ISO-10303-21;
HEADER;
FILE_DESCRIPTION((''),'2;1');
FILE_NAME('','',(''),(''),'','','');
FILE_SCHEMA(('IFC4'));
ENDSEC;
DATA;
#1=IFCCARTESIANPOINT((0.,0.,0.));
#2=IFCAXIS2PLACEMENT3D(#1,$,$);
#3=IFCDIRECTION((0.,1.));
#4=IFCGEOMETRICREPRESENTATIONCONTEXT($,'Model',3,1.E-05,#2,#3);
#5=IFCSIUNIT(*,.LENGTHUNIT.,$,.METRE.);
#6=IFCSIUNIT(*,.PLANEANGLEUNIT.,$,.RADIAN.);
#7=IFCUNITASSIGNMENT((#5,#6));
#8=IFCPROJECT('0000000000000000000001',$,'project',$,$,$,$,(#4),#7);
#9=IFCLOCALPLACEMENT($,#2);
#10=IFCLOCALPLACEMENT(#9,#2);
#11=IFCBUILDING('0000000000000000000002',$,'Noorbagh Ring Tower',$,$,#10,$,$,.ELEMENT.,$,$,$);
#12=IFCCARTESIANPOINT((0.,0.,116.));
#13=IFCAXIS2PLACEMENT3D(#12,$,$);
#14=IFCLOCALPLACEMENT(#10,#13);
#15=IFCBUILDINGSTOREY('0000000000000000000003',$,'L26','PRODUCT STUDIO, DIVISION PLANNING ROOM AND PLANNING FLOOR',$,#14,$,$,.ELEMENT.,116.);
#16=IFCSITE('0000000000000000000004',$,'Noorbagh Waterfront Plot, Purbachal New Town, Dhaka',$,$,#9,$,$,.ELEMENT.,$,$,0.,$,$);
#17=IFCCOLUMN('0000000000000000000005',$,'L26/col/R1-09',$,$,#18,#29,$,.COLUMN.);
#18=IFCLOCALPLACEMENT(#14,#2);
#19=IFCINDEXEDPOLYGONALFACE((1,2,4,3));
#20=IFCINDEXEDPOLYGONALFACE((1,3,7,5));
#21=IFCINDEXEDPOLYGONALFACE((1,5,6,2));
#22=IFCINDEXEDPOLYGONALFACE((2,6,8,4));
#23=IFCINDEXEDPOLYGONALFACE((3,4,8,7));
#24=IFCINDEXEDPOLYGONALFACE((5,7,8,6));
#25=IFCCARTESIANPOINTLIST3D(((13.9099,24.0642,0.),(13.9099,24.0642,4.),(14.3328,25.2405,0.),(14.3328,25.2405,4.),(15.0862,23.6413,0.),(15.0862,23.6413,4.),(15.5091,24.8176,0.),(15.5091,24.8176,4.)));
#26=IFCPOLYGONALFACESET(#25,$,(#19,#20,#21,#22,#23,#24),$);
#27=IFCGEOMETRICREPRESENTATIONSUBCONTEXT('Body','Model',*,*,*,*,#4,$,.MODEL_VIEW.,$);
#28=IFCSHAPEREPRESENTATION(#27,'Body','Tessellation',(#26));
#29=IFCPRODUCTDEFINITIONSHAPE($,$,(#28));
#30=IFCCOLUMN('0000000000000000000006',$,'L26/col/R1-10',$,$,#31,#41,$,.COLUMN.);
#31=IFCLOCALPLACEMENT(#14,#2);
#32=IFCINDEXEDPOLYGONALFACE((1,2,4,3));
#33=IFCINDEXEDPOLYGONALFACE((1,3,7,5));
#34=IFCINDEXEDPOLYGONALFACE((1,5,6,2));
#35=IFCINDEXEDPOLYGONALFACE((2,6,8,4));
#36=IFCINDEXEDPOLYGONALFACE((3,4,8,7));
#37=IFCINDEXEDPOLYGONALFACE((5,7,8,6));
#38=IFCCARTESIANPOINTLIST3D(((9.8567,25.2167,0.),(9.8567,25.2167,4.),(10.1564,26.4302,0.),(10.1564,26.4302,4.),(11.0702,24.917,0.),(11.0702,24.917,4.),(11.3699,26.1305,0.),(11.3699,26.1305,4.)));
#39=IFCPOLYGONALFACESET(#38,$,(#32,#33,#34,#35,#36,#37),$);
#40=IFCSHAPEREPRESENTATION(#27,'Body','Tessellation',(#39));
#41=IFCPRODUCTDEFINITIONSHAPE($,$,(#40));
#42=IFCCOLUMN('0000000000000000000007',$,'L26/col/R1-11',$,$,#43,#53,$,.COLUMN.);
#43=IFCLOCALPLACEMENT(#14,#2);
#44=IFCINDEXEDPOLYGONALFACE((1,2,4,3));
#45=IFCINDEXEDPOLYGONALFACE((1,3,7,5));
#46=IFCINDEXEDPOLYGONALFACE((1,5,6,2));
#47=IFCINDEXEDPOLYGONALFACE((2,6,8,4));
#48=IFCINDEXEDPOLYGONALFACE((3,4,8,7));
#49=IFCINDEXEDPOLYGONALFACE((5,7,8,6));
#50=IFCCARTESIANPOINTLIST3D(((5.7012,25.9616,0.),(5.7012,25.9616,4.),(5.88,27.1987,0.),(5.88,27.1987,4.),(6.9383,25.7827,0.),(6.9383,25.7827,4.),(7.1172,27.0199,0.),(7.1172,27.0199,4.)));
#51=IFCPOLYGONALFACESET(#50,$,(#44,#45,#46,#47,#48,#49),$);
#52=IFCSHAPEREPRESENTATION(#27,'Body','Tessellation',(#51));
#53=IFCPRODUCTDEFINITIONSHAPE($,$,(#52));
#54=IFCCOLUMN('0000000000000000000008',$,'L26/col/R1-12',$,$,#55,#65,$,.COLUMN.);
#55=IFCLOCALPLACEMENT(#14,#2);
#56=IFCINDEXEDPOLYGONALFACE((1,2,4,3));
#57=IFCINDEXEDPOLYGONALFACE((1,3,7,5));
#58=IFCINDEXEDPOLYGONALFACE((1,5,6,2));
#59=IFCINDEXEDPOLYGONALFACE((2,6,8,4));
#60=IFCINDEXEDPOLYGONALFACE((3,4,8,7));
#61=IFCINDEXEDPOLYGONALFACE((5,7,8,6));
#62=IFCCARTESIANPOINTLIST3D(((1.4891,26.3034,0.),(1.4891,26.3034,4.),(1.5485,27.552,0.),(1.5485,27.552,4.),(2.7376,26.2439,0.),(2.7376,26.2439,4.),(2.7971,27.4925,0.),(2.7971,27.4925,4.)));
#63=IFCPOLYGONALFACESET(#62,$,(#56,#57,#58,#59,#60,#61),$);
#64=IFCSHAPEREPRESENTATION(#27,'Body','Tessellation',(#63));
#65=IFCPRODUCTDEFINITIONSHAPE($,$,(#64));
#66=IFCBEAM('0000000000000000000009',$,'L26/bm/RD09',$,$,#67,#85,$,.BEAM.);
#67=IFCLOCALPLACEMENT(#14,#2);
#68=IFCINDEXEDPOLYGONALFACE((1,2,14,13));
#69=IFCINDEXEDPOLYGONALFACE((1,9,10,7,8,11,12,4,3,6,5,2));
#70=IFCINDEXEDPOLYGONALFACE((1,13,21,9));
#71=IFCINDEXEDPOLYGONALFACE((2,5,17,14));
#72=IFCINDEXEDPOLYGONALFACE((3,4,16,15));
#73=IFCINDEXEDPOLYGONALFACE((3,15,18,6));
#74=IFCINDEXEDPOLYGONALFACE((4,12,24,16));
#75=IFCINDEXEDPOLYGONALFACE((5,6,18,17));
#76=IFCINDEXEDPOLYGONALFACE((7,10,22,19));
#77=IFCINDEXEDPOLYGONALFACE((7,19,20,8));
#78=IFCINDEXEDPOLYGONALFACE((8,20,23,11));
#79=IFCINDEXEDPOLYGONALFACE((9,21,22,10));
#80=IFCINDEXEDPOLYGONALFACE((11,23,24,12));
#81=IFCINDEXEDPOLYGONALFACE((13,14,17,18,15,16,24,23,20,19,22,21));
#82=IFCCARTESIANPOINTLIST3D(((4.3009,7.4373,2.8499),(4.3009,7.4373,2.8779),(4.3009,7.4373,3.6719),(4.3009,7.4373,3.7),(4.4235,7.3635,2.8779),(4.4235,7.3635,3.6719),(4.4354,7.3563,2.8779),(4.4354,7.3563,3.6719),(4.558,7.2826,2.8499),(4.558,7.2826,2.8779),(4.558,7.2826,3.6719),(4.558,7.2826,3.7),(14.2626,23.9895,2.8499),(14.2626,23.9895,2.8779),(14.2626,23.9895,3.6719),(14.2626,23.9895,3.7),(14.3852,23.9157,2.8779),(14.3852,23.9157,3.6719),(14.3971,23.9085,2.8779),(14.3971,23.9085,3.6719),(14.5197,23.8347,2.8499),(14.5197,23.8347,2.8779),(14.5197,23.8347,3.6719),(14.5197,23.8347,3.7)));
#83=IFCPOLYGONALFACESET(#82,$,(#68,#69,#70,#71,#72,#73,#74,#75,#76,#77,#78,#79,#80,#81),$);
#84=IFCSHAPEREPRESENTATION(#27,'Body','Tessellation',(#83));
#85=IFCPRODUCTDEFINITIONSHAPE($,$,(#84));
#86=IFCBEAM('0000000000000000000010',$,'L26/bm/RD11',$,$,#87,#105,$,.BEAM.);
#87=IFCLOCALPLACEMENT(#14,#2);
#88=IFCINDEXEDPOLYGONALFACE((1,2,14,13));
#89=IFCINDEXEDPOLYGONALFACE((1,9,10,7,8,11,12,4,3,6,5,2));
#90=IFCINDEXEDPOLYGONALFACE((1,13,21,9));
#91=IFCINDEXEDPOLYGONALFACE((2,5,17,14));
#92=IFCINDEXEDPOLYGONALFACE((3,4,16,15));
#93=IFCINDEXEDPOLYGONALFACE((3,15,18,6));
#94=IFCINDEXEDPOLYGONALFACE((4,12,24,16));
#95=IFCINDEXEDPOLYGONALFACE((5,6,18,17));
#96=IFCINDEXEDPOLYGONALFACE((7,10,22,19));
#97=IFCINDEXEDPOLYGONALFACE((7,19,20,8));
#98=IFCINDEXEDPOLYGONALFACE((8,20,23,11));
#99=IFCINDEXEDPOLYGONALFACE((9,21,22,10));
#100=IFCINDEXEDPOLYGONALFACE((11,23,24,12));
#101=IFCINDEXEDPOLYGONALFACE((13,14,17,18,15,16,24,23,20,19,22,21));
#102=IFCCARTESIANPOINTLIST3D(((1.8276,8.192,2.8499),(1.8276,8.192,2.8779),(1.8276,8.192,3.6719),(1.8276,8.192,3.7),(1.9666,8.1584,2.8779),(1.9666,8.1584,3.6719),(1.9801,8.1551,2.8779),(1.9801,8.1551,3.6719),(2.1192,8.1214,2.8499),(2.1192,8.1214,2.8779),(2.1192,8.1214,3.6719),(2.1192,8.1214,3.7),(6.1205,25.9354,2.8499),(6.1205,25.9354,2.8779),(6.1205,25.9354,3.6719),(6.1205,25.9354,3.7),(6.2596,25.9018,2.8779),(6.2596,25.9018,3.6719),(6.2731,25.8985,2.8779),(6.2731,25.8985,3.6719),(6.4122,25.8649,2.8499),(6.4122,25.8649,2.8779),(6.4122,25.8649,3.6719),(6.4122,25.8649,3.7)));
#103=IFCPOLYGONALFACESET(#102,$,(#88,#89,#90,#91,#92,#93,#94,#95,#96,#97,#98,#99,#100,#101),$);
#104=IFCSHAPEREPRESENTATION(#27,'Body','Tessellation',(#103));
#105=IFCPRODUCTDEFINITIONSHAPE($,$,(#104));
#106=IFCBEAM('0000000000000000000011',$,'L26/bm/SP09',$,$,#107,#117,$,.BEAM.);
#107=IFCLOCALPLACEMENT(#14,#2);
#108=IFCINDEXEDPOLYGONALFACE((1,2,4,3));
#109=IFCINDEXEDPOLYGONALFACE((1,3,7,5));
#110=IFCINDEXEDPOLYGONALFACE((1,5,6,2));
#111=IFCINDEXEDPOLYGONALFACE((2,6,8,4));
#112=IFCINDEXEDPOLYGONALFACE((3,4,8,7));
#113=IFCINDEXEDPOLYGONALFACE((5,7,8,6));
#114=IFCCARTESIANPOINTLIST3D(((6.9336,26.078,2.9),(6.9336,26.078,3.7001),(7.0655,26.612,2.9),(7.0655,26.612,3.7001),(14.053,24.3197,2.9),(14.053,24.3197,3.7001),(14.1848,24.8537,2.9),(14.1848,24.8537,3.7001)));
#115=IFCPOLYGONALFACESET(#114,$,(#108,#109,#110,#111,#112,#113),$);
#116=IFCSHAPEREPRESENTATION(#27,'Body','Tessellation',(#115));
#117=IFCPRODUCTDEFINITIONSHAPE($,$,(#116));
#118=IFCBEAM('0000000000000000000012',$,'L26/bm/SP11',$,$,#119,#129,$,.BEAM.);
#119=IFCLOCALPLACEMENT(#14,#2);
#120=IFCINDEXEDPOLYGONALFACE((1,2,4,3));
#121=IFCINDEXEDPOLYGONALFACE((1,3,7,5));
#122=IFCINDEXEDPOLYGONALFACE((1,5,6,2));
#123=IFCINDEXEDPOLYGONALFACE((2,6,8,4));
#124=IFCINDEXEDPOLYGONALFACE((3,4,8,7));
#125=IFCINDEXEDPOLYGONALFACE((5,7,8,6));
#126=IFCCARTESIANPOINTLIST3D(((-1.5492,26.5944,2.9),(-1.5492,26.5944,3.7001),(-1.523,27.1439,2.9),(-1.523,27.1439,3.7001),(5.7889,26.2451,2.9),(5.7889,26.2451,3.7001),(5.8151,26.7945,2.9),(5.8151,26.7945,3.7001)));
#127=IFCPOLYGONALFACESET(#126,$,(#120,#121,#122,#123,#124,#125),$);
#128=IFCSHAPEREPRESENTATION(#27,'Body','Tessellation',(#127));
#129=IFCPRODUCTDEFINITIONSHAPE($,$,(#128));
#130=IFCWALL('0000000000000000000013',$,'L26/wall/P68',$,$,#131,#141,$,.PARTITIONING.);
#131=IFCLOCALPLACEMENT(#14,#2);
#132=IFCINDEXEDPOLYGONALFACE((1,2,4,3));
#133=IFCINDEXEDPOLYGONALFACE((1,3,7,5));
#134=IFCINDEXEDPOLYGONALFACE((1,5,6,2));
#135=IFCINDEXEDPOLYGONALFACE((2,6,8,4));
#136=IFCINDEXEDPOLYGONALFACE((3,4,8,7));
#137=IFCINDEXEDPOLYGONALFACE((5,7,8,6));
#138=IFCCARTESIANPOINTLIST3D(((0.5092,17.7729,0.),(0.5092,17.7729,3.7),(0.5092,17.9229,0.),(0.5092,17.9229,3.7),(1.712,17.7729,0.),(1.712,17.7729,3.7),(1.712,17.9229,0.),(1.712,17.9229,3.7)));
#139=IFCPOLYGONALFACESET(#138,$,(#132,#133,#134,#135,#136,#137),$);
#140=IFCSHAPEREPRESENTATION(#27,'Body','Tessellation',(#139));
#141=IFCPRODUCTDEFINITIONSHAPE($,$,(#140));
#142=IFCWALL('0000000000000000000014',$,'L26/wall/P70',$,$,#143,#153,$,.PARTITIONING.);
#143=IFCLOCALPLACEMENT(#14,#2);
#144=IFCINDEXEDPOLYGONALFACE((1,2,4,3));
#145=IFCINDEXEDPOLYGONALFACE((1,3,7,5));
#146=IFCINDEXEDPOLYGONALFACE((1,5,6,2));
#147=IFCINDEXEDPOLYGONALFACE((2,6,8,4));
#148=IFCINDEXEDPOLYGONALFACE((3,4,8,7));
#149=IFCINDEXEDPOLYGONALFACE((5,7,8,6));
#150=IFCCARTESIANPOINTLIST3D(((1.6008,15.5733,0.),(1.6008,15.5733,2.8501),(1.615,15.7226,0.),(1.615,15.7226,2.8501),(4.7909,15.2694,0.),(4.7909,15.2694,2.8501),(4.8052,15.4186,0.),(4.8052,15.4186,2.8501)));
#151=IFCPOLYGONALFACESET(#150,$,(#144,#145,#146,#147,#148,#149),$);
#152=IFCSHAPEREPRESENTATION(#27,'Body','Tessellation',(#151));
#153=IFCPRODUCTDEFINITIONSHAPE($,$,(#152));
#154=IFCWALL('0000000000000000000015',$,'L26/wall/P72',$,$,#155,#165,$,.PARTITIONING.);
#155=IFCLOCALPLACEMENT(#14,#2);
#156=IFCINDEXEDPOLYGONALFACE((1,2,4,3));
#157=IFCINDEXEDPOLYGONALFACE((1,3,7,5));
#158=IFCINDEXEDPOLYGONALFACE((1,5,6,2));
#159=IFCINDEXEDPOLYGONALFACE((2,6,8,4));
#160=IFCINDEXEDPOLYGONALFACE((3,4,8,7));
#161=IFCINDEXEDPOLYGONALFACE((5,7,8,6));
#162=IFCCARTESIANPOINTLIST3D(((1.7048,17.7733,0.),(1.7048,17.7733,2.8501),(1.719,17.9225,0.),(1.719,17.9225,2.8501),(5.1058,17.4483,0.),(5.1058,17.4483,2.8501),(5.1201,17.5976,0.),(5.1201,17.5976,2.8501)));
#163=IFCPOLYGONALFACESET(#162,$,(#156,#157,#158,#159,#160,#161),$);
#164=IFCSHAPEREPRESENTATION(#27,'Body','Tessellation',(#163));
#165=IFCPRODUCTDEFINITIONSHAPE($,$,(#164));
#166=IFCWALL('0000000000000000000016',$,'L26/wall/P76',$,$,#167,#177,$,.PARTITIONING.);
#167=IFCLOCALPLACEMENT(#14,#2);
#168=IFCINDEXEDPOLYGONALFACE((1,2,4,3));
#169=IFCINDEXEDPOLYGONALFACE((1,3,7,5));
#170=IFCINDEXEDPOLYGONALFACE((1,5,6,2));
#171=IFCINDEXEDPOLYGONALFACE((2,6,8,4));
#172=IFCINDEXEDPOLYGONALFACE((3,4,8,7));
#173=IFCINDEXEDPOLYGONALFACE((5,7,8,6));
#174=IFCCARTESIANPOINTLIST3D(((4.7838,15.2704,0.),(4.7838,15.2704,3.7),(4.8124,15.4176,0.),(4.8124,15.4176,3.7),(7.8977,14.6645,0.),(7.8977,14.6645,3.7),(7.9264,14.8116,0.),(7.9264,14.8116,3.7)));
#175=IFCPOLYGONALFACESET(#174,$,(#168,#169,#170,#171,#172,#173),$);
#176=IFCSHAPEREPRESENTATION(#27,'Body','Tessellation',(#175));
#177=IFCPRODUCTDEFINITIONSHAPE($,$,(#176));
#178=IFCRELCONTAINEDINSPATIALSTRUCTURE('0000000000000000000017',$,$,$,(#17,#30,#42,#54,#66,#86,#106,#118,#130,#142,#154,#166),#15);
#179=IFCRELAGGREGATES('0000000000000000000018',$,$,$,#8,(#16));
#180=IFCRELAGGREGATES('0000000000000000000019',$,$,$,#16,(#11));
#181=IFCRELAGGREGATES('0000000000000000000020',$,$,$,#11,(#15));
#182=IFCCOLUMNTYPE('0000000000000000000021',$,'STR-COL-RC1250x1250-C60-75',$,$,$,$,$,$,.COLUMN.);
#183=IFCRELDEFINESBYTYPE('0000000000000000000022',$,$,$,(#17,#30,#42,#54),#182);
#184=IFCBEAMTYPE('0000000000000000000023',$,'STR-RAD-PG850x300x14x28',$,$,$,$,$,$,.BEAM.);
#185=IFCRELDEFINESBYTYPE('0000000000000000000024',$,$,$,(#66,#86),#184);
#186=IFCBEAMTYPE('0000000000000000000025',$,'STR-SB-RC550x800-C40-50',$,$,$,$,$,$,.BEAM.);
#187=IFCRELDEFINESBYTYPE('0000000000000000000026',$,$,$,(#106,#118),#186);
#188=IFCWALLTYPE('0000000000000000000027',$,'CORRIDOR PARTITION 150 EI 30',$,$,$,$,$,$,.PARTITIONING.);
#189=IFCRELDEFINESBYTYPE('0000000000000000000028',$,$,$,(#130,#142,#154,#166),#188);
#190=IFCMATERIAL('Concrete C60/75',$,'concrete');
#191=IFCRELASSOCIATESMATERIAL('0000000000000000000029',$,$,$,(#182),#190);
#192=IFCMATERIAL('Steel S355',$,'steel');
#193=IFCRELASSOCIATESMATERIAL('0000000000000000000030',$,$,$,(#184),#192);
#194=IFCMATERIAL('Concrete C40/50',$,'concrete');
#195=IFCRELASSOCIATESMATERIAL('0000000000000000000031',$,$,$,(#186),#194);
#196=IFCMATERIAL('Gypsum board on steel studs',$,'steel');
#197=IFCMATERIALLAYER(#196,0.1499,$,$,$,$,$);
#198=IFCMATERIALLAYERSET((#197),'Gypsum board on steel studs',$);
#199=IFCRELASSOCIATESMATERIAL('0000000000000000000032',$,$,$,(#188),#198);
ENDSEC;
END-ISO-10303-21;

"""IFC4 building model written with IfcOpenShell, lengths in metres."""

from ifc_helpers import new_model, si_unit, direction, frame, frame_2d, origin, origin_2d, place, context, subcontext, project, spatial, rectangle, i_section, extrude, material, layer, layer_set, material_profile, profile_set, type_object, element, save


model = new_model("IFC4")

# Units and contexts
model_context = context("Model", 3, precision=1e-05, world=origin(), true_north=direction((0.0, 1.0)))
body_context = subcontext(model_context, "Body", "Model", "MODEL_VIEW")
ifc_project = project(units=[si_unit("LENGTHUNIT", "METRE"), si_unit("PLANEANGLEUNIT", "RADIAN")], contexts=[model_context])

# Site, building, storey
site_placement = place(None, origin())
site = spatial("IfcSite", under=ifc_project, at=site_placement, Name="Noorbagh Waterfront Plot, Purbachal New Town, Dhaka", CompositionType="ELEMENT", RefElevation=0.0)
building_placement = place(site_placement, origin())
building = spatial("IfcBuilding", under=site, at=building_placement, Name="Noorbagh Ring Tower", CompositionType="ELEMENT")
storey_placement = place(building_placement, frame((0.0, 0.0, 116.0)))
storey = spatial("IfcBuildingStorey", under=building, at=storey_placement, Name="L26", Description="PRODUCT STUDIO, DIVISION PLANNING ROOM AND PLANNING FLOOR", CompositionType="ELEMENT", Elevation=116.0)

# Columns
ifc_material_1 = material(Name="Concrete C60/75", Category="concrete")
ifc_material_profile_1 = material_profile(ifc_material_1, rectangle(XDim=1.25, YDim=1.25, at=origin_2d()), Name="RC1250x1250")
ifc_profile_set_1 = profile_set([ifc_material_profile_1], Name="Concrete C60/75")
column_type = type_object("IfcColumnType", Name="STR-COL-RC1250x1250-C60-75", PredefinedType="COLUMN", material=ifc_profile_set_1)
for number, where, z_axis, x_axis, name in (
    (1, (14.7095, 24.4409, 0.0), (0.0, 0.0, 1.0), (-0.941025, 0.338338, 0.0), "L26/col/R1-09"),
    (2, (10.6133, 25.6736, 0.0), (0.0, 0.0, 1.0), (-0.970829, 0.239771, 0.0), "L26/col/R1-10"),
    (3, (6.4092, 26.4907, 0.0), (0.0, 0.0, 1.0), (-0.989713, 0.143066, 0.0), "L26/col/R1-11"),
    (4, (2.1431, 26.8979, 0.0), (0.0, 0.0, 1.0), (-0.998869, 0.047553, 0.0), "L26/col/R1-12"),
):
    element("IfcColumn", number, at=place(storey_placement, frame(where, z_axis=z_axis, x_axis=x_axis)), inside=storey, type_object=column_type, Name=name, PredefinedType="COLUMN", context=body_context, shape_type="SweptSolid", body=[
        extrude(rectangle(XDim=1.25, YDim=1.25, at=origin_2d()), origin(), (0.0, 0.0, 1.0), 4.0),
    ])

# Beams
ifc_material_2 = material(Name="Steel S355", Category="steel")
ifc_material_profile_2 = material_profile(ifc_material_2, i_section(OverallWidth=0.3, OverallDepth=0.8501, WebThickness=0.0139, FlangeThickness=0.0281, at=origin_2d()), Name="PG850x300x14x28")
ifc_profile_set_2 = profile_set([ifc_material_profile_2], Name="Steel S355")
beam_type_1 = type_object("IfcBeamType", Name="STR-RAD-PG850x300x14x28", PredefinedType="BEAM", material=ifc_profile_set_2)
beam_1_placement = place(storey_placement, frame((14.3911, 23.9121, 3.2749), z_axis=(-0.515649, -0.8568, 0.0), x_axis=(0.8568, -0.515649, 0.0)))
element("IfcBeam", 5, at=beam_1_placement, inside=storey, type_object=beam_type_1, Name="L26/bm/RD09", PredefinedType="BEAM", context=body_context, shape_type="SweptSolid", body=[
    extrude(i_section(OverallWidth=0.3, OverallDepth=0.8501, WebThickness=0.0139, FlangeThickness=0.0281, at=origin_2d()), origin(), (0.0, 0.0, 1.0), 19.3186),
])
beam_2_placement = place(storey_placement, frame((6.2664, 25.9001, 3.2749), z_axis=(-0.235162, -0.971956, 0.0), x_axis=(0.971956, -0.235162, 0.0)))
element("IfcBeam", 6, at=beam_2_placement, inside=storey, type_object=beam_type_1, Name="L26/bm/RD11", PredefinedType="BEAM", context=body_context, shape_type="SweptSolid", body=[
    extrude(i_section(OverallWidth=0.3, OverallDepth=0.8501, WebThickness=0.0139, FlangeThickness=0.0281, at=origin_2d()), origin(), (0.0, 0.0, 1.0), 18.2554),
])
ifc_material_3 = material(Name="Concrete C40/50", Category="concrete")
ifc_material_profile_3 = material_profile(ifc_material_3, rectangle(XDim=0.55, YDim=0.8, at=origin_2d()), Name="RC550x800")
ifc_profile_set_3 = profile_set([ifc_material_profile_3], Name="Concrete C40/50")
beam_type_2 = type_object("IfcBeamType", Name="STR-SB-RC550x800-C40-50", PredefinedType="BEAM", material=ifc_profile_set_3)
beam_3_placement = place(storey_placement, frame((14.1189, 24.5867, 3.3), z_axis=(-0.97083, 0.239769, 0.0), x_axis=(-0.239769, -0.97083, 0.0)))
element("IfcBeam", 7, at=beam_3_placement, inside=storey, type_object=beam_type_2, Name="L26/bm/SP09", PredefinedType="BEAM", context=body_context, shape_type="SweptSolid", body=[
    extrude(rectangle(XDim=0.55, YDim=0.8, at=origin_2d()), origin(), (0.0, 0.0, 1.0), 7.3333),
])
beam_4_placement = place(storey_placement, frame((5.802, 26.5198, 3.3), z_axis=(-0.998869, 0.047556, 0.0), x_axis=(-0.047556, -0.998869, 0.0)))
element("IfcBeam", 8, at=beam_4_placement, inside=storey, type_object=beam_type_2, Name="L26/bm/SP11", PredefinedType="BEAM", context=body_context, shape_type="SweptSolid", body=[
    extrude(rectangle(XDim=0.55, YDim=0.8, at=origin_2d()), origin(), (0.0, 0.0, 1.0), 7.3464),
])

# Walls
ifc_material_4 = material(Name="Gypsum board on steel studs", Category="steel")
ifc_layer_1 = layer(ifc_material_4, 0.1499)
ifc_layer_set_1 = layer_set([ifc_layer_1], Name="Gypsum board on steel studs")
wall_type_1 = type_object("IfcWallType", Name="CORRIDOR PARTITION 150 EI 30", PredefinedType="PARTITIONING", material=ifc_layer_set_1)
wall_1_placement = place(storey_placement, frame((0.509, 17.8479, 0.0), z_axis=(0.0, 0.0, 1.0), x_axis=(1.0, 0.0, 0.0)))
element("IfcWall", 9, at=wall_1_placement, inside=storey, type_object=wall_type_1, Name="L26/wall/P68", PredefinedType="PARTITIONING", context=body_context, shape_type="SweptSolid", body=[
    extrude(rectangle(XDim=1.2029, YDim=0.1499, at=frame_2d((0.6016, 0.0))), origin(), (0.0, 0.0, 1.0), 3.7),
])
wall_2_placement = place(storey_placement, frame((1.6079, 15.6479, 0.0), z_axis=(0.0, 0.0, 1.0), x_axis=(0.995492, -0.094849, 0.0)))
element("IfcWall", 10, at=wall_2_placement, inside=storey, type_object=wall_type_1, Name="L26/wall/P70", PredefinedType="PARTITIONING", context=body_context, shape_type="SweptSolid", body=[
    extrude(rectangle(XDim=3.2046, YDim=0.1499, at=frame_2d((1.6023, 0.0))), origin(), (0.0, 0.0, 1.0), 2.8501),
])
wall_3_placement = place(storey_placement, frame((1.7119, 17.8479, 0.0), z_axis=(0.0, 0.0, 1.0), x_axis=(0.995467, -0.095109, 0.0)))
element("IfcWall", 11, at=wall_3_placement, inside=storey, type_object=wall_type_1, Name="L26/wall/P72", PredefinedType="PARTITIONING", context=body_context, shape_type="SweptSolid", body=[
    extrude(rectangle(XDim=3.4165, YDim=0.1499, at=frame_2d((1.7083, 0.0))), origin(), (0.0, 0.0, 1.0), 2.8501),
])
wall_4_placement = place(storey_placement, frame((4.7981, 15.344, 0.0), z_axis=(0.0, 0.0, 1.0), x_axis=(0.981589, -0.191008, 0.0)))
element("IfcWall", 12, at=wall_4_placement, inside=storey, type_object=wall_type_1, Name="L26/wall/P76", PredefinedType="PARTITIONING", context=body_context, shape_type="SweptSolid", body=[
    extrude(rectangle(XDim=3.1724, YDim=0.1499, at=frame_2d((1.5862, 0.0))), origin(), (0.0, 0.0, 1.0), 3.7),
])

save(model, "model.ifc")
